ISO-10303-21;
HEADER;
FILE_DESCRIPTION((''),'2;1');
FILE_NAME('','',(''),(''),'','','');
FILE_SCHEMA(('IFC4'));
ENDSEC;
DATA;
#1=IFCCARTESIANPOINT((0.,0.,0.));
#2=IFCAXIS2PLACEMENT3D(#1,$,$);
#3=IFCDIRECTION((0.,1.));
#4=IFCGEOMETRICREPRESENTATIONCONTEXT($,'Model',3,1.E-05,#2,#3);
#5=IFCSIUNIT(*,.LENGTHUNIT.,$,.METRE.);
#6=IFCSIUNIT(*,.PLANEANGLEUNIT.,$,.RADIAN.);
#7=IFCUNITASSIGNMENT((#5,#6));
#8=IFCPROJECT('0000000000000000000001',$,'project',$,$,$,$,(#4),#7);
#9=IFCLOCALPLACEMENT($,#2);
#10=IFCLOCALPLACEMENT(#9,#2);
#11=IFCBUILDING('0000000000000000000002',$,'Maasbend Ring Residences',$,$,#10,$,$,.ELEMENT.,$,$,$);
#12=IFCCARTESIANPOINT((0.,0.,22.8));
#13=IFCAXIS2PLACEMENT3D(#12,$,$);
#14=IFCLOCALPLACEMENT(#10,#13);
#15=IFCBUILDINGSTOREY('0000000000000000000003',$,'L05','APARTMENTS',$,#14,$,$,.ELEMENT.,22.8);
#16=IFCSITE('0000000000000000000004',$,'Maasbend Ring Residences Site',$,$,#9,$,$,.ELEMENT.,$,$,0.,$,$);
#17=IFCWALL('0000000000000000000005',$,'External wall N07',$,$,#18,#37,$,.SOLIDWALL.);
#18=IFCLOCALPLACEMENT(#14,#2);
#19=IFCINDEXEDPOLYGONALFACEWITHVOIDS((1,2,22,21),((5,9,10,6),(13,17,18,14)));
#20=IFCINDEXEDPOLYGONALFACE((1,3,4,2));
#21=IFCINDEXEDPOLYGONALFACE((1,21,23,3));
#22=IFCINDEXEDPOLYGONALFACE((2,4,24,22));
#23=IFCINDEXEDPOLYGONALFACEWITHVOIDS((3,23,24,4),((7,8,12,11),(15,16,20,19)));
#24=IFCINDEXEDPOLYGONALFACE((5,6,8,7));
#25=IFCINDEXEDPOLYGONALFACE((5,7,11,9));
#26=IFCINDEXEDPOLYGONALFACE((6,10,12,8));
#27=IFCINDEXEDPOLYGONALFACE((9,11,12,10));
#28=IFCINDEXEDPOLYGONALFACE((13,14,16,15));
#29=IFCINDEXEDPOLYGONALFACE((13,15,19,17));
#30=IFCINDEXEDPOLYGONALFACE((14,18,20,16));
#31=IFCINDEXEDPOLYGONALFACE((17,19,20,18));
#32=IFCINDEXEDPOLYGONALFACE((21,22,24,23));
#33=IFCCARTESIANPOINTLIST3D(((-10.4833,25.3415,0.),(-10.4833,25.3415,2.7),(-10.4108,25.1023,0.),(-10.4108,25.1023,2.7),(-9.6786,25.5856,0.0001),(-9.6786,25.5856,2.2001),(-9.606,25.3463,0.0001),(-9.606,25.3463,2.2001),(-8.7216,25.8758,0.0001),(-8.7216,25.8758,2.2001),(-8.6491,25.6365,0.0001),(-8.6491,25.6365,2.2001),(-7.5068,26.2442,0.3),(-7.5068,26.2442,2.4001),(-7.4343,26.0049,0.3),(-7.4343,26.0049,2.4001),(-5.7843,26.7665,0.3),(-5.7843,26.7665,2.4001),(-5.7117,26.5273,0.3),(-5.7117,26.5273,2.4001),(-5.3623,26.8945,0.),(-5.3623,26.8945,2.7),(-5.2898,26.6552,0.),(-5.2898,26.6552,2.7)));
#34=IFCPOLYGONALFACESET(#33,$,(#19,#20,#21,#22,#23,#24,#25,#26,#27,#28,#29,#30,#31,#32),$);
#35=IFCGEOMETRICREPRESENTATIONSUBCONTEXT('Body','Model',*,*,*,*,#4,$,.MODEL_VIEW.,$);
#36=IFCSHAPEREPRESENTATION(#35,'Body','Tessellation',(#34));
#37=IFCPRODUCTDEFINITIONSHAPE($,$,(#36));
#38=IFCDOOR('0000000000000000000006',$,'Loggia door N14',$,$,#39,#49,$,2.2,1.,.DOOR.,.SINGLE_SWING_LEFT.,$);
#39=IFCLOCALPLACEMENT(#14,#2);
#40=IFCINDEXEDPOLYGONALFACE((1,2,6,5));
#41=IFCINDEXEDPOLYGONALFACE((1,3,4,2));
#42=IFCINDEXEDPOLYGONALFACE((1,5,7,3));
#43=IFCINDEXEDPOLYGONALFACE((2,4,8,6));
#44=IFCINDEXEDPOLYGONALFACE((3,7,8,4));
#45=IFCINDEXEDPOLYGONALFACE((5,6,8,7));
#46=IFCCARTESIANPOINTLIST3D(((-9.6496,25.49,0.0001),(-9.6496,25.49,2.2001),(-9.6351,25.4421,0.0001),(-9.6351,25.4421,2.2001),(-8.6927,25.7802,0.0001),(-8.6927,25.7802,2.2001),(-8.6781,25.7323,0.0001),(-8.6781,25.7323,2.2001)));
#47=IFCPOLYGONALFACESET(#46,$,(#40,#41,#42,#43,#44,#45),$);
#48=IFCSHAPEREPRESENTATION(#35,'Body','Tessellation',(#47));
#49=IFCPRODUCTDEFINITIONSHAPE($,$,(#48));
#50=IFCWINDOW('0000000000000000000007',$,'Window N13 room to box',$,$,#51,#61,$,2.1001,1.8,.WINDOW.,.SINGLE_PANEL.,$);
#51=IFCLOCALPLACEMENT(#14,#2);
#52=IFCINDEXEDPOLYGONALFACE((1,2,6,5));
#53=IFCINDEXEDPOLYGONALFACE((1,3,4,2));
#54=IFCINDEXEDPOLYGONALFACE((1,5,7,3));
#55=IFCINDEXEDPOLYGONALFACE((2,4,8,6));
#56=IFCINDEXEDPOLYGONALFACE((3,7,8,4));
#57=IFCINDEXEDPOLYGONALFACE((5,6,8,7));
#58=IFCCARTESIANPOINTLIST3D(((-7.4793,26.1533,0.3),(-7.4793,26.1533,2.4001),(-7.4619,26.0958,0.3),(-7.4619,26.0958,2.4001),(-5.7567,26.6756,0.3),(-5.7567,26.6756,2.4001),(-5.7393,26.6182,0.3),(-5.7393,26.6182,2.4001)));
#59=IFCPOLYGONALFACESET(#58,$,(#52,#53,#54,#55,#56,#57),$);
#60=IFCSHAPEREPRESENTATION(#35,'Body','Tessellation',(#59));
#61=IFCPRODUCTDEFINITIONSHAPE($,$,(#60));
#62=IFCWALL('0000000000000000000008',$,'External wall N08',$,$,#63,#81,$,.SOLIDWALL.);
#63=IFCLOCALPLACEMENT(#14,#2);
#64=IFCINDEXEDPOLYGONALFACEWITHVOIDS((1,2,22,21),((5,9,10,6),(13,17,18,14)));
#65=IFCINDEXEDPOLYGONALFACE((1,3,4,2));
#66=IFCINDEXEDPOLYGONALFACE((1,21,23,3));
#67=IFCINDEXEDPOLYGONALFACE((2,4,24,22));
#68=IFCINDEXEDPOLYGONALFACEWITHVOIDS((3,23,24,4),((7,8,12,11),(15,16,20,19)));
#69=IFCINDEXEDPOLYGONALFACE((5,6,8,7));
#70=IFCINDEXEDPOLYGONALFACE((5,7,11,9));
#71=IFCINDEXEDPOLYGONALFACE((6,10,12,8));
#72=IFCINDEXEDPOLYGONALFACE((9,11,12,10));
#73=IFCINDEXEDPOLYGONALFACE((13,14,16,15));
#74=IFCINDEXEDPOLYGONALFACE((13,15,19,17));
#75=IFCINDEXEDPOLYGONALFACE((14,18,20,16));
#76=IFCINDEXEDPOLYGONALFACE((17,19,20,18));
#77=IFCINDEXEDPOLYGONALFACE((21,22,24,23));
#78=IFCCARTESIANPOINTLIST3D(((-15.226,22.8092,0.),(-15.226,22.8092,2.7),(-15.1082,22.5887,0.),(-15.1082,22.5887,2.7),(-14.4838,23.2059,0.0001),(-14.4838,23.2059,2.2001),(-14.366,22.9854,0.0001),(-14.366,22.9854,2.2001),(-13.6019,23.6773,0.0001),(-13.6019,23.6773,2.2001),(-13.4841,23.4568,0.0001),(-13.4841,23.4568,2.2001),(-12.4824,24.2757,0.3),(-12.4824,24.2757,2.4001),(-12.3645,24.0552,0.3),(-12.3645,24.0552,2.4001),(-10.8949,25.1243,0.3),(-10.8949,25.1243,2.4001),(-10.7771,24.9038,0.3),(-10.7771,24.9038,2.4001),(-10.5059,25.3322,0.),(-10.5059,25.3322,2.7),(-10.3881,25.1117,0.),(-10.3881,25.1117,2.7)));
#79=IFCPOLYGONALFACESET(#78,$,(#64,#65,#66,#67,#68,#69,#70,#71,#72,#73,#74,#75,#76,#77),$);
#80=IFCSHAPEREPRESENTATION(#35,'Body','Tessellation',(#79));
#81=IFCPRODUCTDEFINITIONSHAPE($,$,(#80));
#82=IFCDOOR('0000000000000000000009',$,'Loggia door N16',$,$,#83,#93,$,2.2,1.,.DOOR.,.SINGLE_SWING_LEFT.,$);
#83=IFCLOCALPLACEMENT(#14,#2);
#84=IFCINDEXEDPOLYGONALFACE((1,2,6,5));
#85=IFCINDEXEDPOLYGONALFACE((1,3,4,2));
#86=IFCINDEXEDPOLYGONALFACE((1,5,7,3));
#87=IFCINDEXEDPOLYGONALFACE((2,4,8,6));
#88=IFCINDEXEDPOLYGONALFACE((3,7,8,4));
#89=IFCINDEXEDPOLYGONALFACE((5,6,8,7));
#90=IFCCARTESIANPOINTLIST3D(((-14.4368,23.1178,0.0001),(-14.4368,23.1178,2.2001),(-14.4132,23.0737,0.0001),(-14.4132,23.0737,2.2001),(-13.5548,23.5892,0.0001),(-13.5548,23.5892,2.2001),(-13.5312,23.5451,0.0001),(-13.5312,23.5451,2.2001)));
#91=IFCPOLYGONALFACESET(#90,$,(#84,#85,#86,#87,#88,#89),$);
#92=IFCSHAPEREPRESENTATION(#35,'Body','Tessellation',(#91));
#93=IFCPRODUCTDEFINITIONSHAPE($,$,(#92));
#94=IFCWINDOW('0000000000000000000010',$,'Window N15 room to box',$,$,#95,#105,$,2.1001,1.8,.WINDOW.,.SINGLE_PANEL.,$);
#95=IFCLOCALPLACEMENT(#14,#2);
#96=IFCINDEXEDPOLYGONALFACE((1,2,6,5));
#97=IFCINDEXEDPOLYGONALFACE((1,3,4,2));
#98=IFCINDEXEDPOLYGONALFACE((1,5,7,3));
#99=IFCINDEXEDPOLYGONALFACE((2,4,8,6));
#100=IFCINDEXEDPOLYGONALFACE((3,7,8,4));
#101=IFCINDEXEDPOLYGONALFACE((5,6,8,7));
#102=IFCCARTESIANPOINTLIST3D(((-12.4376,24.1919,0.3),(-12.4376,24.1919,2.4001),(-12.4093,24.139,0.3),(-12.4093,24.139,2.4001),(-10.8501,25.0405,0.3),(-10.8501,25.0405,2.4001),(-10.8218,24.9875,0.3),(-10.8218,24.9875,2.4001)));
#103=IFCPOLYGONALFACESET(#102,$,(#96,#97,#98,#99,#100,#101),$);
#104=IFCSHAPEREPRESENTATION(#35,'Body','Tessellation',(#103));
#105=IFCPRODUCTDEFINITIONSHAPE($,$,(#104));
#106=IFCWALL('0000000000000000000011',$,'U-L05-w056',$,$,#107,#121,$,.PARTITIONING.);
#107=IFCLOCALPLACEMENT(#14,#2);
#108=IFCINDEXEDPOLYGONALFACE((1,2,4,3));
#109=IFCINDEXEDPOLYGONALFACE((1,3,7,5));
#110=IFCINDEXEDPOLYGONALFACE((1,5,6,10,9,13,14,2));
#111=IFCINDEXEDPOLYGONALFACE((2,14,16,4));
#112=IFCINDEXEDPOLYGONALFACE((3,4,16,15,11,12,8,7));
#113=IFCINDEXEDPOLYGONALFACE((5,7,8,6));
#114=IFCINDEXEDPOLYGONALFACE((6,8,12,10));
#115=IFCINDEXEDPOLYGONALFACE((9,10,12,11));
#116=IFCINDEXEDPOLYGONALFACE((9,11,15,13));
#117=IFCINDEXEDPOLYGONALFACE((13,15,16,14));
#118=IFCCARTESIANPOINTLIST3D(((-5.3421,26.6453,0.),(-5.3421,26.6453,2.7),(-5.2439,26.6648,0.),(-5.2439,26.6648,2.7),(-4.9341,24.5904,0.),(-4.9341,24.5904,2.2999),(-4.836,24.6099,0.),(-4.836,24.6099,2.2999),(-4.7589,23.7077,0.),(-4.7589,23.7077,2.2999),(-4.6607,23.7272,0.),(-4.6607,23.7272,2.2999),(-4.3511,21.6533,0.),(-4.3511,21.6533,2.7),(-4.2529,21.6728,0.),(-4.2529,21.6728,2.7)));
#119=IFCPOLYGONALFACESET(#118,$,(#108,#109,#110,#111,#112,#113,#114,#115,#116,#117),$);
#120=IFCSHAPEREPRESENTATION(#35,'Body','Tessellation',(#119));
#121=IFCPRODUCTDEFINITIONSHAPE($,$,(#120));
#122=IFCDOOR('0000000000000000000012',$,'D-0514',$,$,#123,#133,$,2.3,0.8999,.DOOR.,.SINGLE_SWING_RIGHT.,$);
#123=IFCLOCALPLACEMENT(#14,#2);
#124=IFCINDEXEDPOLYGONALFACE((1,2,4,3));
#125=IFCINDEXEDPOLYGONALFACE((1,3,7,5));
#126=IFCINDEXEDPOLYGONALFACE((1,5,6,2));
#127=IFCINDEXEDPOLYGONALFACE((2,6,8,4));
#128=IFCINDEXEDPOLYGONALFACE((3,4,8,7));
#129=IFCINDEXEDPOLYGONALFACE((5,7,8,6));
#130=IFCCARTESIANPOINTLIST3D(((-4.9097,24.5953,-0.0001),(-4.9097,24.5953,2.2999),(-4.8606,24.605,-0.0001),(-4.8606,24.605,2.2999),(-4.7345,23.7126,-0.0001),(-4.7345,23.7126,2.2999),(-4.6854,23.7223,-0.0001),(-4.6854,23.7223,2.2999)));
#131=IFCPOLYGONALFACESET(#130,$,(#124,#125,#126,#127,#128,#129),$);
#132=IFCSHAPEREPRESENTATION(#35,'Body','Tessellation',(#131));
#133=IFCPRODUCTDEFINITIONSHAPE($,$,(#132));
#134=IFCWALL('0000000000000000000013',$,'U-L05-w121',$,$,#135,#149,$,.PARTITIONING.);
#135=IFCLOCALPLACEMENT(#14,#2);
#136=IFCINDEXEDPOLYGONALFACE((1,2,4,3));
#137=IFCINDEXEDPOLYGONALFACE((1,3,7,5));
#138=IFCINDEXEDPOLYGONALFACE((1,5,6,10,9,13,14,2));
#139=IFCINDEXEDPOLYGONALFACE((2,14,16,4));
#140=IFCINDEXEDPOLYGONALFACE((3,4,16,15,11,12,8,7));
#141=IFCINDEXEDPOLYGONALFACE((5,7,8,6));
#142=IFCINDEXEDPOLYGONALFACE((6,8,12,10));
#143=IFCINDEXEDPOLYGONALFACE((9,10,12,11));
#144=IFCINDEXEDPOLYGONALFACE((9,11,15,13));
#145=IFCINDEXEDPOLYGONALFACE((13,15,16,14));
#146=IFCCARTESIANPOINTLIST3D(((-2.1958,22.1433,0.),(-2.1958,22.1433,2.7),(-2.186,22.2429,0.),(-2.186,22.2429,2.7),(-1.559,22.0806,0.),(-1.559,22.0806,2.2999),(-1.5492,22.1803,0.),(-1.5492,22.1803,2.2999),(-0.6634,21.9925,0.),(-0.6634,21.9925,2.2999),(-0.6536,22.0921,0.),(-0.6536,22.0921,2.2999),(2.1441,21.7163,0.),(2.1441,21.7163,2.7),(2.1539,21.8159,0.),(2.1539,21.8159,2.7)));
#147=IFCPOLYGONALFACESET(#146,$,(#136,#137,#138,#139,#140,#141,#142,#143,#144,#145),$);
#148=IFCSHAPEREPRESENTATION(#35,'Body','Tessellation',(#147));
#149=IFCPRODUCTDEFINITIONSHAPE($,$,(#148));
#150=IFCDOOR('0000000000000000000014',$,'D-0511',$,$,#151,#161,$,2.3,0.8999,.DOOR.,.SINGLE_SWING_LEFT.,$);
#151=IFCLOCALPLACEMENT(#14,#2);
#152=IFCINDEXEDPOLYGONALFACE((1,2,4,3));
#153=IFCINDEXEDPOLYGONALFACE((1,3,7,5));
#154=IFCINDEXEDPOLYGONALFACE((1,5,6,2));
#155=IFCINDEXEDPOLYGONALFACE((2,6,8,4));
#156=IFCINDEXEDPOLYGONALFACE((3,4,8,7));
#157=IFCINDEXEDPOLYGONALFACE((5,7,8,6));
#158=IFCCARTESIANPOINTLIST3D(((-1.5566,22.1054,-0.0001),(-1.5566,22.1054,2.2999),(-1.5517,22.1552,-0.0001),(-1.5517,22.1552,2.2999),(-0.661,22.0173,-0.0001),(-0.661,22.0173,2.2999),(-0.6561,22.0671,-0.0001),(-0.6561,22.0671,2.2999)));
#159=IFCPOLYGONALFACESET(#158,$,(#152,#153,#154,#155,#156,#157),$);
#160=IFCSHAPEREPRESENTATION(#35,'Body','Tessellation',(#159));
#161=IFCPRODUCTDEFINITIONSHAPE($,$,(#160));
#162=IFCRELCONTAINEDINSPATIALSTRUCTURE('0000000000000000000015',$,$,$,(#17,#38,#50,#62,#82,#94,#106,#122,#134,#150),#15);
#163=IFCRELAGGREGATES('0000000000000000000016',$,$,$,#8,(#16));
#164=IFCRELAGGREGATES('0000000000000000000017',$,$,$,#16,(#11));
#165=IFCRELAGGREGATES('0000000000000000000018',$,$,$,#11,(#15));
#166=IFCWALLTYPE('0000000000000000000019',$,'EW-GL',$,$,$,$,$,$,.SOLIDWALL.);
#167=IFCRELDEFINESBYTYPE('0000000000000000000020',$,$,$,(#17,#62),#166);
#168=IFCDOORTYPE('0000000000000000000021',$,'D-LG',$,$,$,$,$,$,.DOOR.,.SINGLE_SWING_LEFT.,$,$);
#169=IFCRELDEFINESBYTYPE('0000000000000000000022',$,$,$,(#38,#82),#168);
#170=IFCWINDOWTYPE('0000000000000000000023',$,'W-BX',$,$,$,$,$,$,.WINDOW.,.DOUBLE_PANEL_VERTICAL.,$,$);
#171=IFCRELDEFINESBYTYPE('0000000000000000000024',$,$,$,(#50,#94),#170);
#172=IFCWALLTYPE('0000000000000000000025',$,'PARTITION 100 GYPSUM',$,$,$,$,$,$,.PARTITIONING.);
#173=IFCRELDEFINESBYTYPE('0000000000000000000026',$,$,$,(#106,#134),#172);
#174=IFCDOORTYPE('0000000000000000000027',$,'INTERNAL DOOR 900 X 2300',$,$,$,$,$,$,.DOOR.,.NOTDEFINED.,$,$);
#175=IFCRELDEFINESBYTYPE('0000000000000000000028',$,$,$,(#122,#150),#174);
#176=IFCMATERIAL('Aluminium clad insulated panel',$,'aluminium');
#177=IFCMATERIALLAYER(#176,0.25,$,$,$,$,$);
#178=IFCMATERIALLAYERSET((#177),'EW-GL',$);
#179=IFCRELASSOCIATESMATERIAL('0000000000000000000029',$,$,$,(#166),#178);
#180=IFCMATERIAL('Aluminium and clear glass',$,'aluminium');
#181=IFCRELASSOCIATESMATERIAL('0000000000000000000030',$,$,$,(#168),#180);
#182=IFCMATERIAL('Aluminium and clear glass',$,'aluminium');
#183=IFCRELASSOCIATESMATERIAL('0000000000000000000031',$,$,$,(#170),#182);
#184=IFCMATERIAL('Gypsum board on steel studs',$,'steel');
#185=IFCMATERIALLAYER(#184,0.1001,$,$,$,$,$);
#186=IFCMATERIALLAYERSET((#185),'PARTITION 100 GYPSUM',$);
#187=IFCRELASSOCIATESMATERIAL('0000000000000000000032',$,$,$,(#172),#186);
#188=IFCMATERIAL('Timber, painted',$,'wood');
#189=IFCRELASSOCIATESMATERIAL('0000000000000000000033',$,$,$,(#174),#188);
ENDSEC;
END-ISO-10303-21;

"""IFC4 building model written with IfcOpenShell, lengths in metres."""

from ifc_helpers import new_model, si_unit, direction, frame, frame_2d, origin, place, context, subcontext, project, spatial, rectangle, extrude, material, layer, layer_set, type_object, element, fill, save


model = new_model("IFC4")

# Units and contexts
model_context = context("Model", 3, precision=1e-05, world=origin(), true_north=direction((0.0, 1.0)))
body_context = subcontext(model_context, "Body", "Model", "MODEL_VIEW")
ifc_project = project(units=[si_unit("LENGTHUNIT", "METRE"), si_unit("PLANEANGLEUNIT", "RADIAN")], contexts=[model_context])

# Site, building, storey
site_placement = place(None, origin())
site = spatial("IfcSite", under=ifc_project, at=site_placement, Name="Maasbend Ring Residences Site", CompositionType="ELEMENT", RefElevation=0.0)
building_placement = place(site_placement, origin())
building = spatial("IfcBuilding", under=site, at=building_placement, Name="Maasbend Ring Residences", CompositionType="ELEMENT")
storey_placement = place(building_placement, frame((0.0, 0.0, 22.8)))
storey = spatial("IfcBuildingStorey", under=building, at=storey_placement, Name="L05", Description="APARTMENTS", CompositionType="ELEMENT", Elevation=22.8)

# Walls, openings, doors, windows
ifc_material_1 = material(Name="Aluminium clad insulated panel", Category="aluminium")
ifc_layer_1 = layer(ifc_material_1, 0.25)
ifc_layer_set_1 = layer_set([ifc_layer_1], Name="EW-GL")
wall_type_1 = type_object("IfcWallType", Name="EW-GL", PredefinedType="SOLIDWALL", material=ifc_layer_set_1)
wall_1_placement = place(storey_placement, frame((-5.3259, 26.7749, 0.0), z_axis=(0.0, 0.0, 1.0), x_axis=(-0.956966, -0.290201, 0.0)))
wall_1 = element("IfcWall", 1, at=wall_1_placement, inside=storey, type_object=wall_type_1, Name="External wall N07", PredefinedType="SOLIDWALL", context=body_context, shape_type="SweptSolid", body=[
    extrude(rectangle(XDim=5.3513, YDim=0.25, at=frame_2d((2.6758, 0.0))), origin(), (0.0, 0.0, 1.0), 2.7),
])
opening_1_placement = place(wall_1_placement, frame((0.4412, 0.0, 0.3)))
opening_1 = element("IfcOpeningElement", 2, at=opening_1_placement, cuts=wall_1, PredefinedType="OPENING", context=body_context, shape_type="SweptSolid", body=[
    extrude(rectangle(XDim=1.8, YDim=2.1001, at=frame_2d((0.8999, 1.05))), frame((0.0, 0.135, 0.0), z_axis=(0.0, -1.0, 0.0), x_axis=(1.0, 0.0, 0.0)), (0.0, 0.0, 1.0), 0.27),
])
opening_2_placement = place(wall_1_placement, frame((3.5105, 0.0, 0.0)))
opening_2 = element("IfcOpeningElement", 3, at=opening_2_placement, cuts=wall_1, PredefinedType="OPENING", context=body_context, shape_type="SweptSolid", body=[
    extrude(rectangle(XDim=1.0, YDim=2.2, at=frame_2d((0.5, 1.1001))), frame((0.0, 0.135, 0.0), z_axis=(0.0, -1.0, 0.0), x_axis=(1.0, 0.0, 0.0)), (0.0, 0.0, 1.0), 0.27),
])
ifc_material_2 = material(Name="Aluminium and clear glass", Category="aluminium")
door_type_1 = type_object("IfcDoorType", Name="D-LG", OperationType="SINGLE_SWING_LEFT", PredefinedType="DOOR", material=ifc_material_2)
door_1_placement = place(opening_2_placement, origin())
door_1 = element("IfcDoor", 4, at=door_1_placement, inside=storey, type_object=door_type_1, Name="Loggia door N14", OperationType="SINGLE_SWING_LEFT", OverallHeight=2.2, OverallWidth=1.0, PredefinedType="DOOR", context=body_context, shape_type="SweptSolid", body=[
    extrude(rectangle(XDim=1.0, YDim=2.2, at=frame_2d((0.5, 1.1001))), frame((0.0, 0.0249, 0.0), z_axis=(0.0, -1.0, 0.0), x_axis=(1.0, 0.0, 0.0)), (0.0, 0.0, 1.0), 0.05),
])
fill(opening_2, door_1)
ifc_material_3 = material(Name="Aluminium and clear glass", Category="aluminium")
window_type_1 = type_object("IfcWindowType", Name="W-BX", PartitioningType="DOUBLE_PANEL_VERTICAL", PredefinedType="WINDOW", material=ifc_material_3)
window_1_placement = place(opening_1_placement, origin())
window_1 = element("IfcWindow", 5, at=window_1_placement, inside=storey, type_object=window_type_1, Name="Window N13 room to box", OverallHeight=2.1001, OverallWidth=1.8, PartitioningType="SINGLE_PANEL", PredefinedType="WINDOW", context=body_context, shape_type="SweptSolid", body=[
    extrude(rectangle(XDim=1.8, YDim=2.1001, at=frame_2d((0.8999, 1.05))), frame((0.0, 0.03, 0.0), z_axis=(0.0, -1.0, 0.0), x_axis=(1.0, 0.0, 0.0)), (0.0, 0.0, 1.0), 0.0601),
])
fill(opening_1, window_1)
wall_2_placement = place(storey_placement, frame((-10.447, 25.2219, 0.0), z_axis=(0.0, 0.0, 1.0), x_axis=(-0.881916, -0.471407, 0.0)))
wall_2 = element("IfcWall", 6, at=wall_2_placement, inside=storey, type_object=wall_type_1, Name="External wall N08", PredefinedType="SOLIDWALL", context=body_context, shape_type="SweptSolid", body=[
    extrude(rectangle(XDim=5.3521, YDim=0.25, at=frame_2d((2.676, 0.0))), origin(), (0.0, 0.0, 1.0), 2.7),
])
opening_3_placement = place(wall_2_placement, frame((0.4412, 0.0, 0.3)))
opening_3 = element("IfcOpeningElement", 7, at=opening_3_placement, cuts=wall_2, PredefinedType="OPENING", context=body_context, shape_type="SweptSolid", body=[
    extrude(rectangle(XDim=1.8, YDim=2.1001, at=frame_2d((0.8999, 1.05))), frame((0.0, 0.135, 0.0), z_axis=(0.0, -1.0, 0.0), x_axis=(1.0, 0.0, 0.0)), (0.0, 0.0, 1.0), 0.27),
])
opening_4_placement = place(wall_2_placement, frame((3.5105, 0.0, 0.0)))
opening_4 = element("IfcOpeningElement", 8, at=opening_4_placement, cuts=wall_2, PredefinedType="OPENING", context=body_context, shape_type="SweptSolid", body=[
    extrude(rectangle(XDim=1.0, YDim=2.2, at=frame_2d((0.5, 1.1001))), frame((0.0, 0.135, 0.0), z_axis=(0.0, -1.0, 0.0), x_axis=(1.0, 0.0, 0.0)), (0.0, 0.0, 1.0), 0.27),
])
door_2_placement = place(opening_4_placement, origin())
door_2 = element("IfcDoor", 9, at=door_2_placement, inside=storey, type_object=door_type_1, Name="Loggia door N16", OperationType="SINGLE_SWING_LEFT", OverallHeight=2.2, OverallWidth=1.0, PredefinedType="DOOR", context=body_context, shape_type="SweptSolid", body=[
    extrude(rectangle(XDim=1.0, YDim=2.2, at=frame_2d((0.5, 1.1001))), frame((0.0, 0.0249, 0.0), z_axis=(0.0, -1.0, 0.0), x_axis=(1.0, 0.0, 0.0)), (0.0, 0.0, 1.0), 0.05),
])
fill(opening_4, door_2)
window_2_placement = place(opening_3_placement, origin())
window_2 = element("IfcWindow", 10, at=window_2_placement, inside=storey, type_object=window_type_1, Name="Window N15 room to box", OverallHeight=2.1001, OverallWidth=1.8, PartitioningType="SINGLE_PANEL", PredefinedType="WINDOW", context=body_context, shape_type="SweptSolid", body=[
    extrude(rectangle(XDim=1.8, YDim=2.1001, at=frame_2d((0.8999, 1.05))), frame((0.0, 0.03, 0.0), z_axis=(0.0, -1.0, 0.0), x_axis=(1.0, 0.0, 0.0)), (0.0, 0.0, 1.0), 0.0601),
])
fill(opening_3, window_2)

# Walls, openings, doors
ifc_material_4 = material(Name="Gypsum board on steel studs", Category="steel")
ifc_layer_2 = layer(ifc_material_4, 0.1001)
ifc_layer_set_2 = layer_set([ifc_layer_2], Name="PARTITION 100 GYPSUM")
wall_type_2 = type_object("IfcWallType", Name="PARTITION 100 GYPSUM", PredefinedType="PARTITIONING", material=ifc_layer_set_2)
wall_3_placement = place(storey_placement, frame((-5.293, 26.655, 0.0), z_axis=(0.0, 0.0, 1.0), x_axis=(0.194714, -0.98086, 0.0)))
wall_3 = element("IfcWall", 11, at=wall_3_placement, inside=storey, type_object=wall_type_2, Name="U-L05-w056", PredefinedType="PARTITIONING", context=body_context, shape_type="SweptSolid", body=[
    extrude(rectangle(XDim=5.0894, YDim=0.1001, at=frame_2d((2.5447, 0.0))), origin(), (0.0, 0.0, 1.0), 2.7),
])
opening_5_placement = place(wall_3_placement, frame((2.095, 0.0, 0.0)))
opening_5 = element("IfcOpeningElement", 12, at=opening_5_placement, cuts=wall_3, PredefinedType="OPENING", context=body_context, shape_type="SweptSolid", body=[
    extrude(rectangle(XDim=0.8999, YDim=2.3, at=frame_2d((0.45, 1.1499))), frame((0.0, 0.0601, 0.0), z_axis=(0.0, -1.0, 0.0), x_axis=(1.0, 0.0, 0.0)), (0.0, 0.0, 1.0), 0.1201),
])
ifc_material_5 = material(Name="Timber, painted", Category="wood")
door_type_2 = type_object("IfcDoorType", Name="INTERNAL DOOR 900 X 2300", OperationType="NOTDEFINED", PredefinedType="DOOR", material=ifc_material_5)
door_3_placement = place(opening_5_placement, origin())
door_3 = element("IfcDoor", 13, at=door_3_placement, inside=storey, type_object=door_type_2, Name="D-0514", OperationType="SINGLE_SWING_RIGHT", OverallHeight=2.3, OverallWidth=0.8999, PredefinedType="DOOR", context=body_context, shape_type="SweptSolid", body=[
    extrude(rectangle(XDim=0.8999, YDim=2.3, at=frame_2d((0.45, 1.1499))), frame((0.0, 0.0249, 0.0), z_axis=(0.0, -1.0, 0.0), x_axis=(1.0, 0.0, 0.0)), (0.0, 0.0, 1.0), 0.05),
])
fill(opening_5, door_3)
wall_4_placement = place(storey_placement, frame((-2.1909, 22.1931, 0.0), z_axis=(0.0, 0.0, 1.0), x_axis=(0.995194, -0.097918, 0.0)))
wall_4 = element("IfcWall", 14, at=wall_4_placement, inside=storey, type_object=wall_type_2, Name="U-L05-w121", PredefinedType="PARTITIONING", context=body_context, shape_type="SweptSolid", body=[
    extrude(rectangle(XDim=4.3608, YDim=0.1001, at=frame_2d((2.1804, 0.0))), origin(), (0.0, 0.0, 1.0), 2.7),
])
opening_6_placement = place(wall_4_placement, frame((0.6399, 0.0, 0.0)))
opening_6 = element("IfcOpeningElement", 15, at=opening_6_placement, cuts=wall_4, PredefinedType="OPENING", context=body_context, shape_type="SweptSolid", body=[
    extrude(rectangle(XDim=0.8999, YDim=2.3, at=frame_2d((0.45, 1.1499))), frame((0.0, 0.0601, 0.0), z_axis=(0.0, -1.0, 0.0), x_axis=(1.0, 0.0, 0.0)), (0.0, 0.0, 1.0), 0.1201),
])
door_4_placement = place(opening_6_placement, origin())
door_4 = element("IfcDoor", 16, at=door_4_placement, inside=storey, type_object=door_type_2, Name="D-0511", OperationType="SINGLE_SWING_LEFT", OverallHeight=2.3, OverallWidth=0.8999, PredefinedType="DOOR", context=body_context, shape_type="SweptSolid", body=[
    extrude(rectangle(XDim=0.8999, YDim=2.3, at=frame_2d((0.45, 1.1499))), frame((0.0, 0.0249, 0.0), z_axis=(0.0, -1.0, 0.0), x_axis=(1.0, 0.0, 0.0)), (0.0, 0.0, 1.0), 0.05),
])
fill(opening_6, door_4)

save(model, "model.ifc")
